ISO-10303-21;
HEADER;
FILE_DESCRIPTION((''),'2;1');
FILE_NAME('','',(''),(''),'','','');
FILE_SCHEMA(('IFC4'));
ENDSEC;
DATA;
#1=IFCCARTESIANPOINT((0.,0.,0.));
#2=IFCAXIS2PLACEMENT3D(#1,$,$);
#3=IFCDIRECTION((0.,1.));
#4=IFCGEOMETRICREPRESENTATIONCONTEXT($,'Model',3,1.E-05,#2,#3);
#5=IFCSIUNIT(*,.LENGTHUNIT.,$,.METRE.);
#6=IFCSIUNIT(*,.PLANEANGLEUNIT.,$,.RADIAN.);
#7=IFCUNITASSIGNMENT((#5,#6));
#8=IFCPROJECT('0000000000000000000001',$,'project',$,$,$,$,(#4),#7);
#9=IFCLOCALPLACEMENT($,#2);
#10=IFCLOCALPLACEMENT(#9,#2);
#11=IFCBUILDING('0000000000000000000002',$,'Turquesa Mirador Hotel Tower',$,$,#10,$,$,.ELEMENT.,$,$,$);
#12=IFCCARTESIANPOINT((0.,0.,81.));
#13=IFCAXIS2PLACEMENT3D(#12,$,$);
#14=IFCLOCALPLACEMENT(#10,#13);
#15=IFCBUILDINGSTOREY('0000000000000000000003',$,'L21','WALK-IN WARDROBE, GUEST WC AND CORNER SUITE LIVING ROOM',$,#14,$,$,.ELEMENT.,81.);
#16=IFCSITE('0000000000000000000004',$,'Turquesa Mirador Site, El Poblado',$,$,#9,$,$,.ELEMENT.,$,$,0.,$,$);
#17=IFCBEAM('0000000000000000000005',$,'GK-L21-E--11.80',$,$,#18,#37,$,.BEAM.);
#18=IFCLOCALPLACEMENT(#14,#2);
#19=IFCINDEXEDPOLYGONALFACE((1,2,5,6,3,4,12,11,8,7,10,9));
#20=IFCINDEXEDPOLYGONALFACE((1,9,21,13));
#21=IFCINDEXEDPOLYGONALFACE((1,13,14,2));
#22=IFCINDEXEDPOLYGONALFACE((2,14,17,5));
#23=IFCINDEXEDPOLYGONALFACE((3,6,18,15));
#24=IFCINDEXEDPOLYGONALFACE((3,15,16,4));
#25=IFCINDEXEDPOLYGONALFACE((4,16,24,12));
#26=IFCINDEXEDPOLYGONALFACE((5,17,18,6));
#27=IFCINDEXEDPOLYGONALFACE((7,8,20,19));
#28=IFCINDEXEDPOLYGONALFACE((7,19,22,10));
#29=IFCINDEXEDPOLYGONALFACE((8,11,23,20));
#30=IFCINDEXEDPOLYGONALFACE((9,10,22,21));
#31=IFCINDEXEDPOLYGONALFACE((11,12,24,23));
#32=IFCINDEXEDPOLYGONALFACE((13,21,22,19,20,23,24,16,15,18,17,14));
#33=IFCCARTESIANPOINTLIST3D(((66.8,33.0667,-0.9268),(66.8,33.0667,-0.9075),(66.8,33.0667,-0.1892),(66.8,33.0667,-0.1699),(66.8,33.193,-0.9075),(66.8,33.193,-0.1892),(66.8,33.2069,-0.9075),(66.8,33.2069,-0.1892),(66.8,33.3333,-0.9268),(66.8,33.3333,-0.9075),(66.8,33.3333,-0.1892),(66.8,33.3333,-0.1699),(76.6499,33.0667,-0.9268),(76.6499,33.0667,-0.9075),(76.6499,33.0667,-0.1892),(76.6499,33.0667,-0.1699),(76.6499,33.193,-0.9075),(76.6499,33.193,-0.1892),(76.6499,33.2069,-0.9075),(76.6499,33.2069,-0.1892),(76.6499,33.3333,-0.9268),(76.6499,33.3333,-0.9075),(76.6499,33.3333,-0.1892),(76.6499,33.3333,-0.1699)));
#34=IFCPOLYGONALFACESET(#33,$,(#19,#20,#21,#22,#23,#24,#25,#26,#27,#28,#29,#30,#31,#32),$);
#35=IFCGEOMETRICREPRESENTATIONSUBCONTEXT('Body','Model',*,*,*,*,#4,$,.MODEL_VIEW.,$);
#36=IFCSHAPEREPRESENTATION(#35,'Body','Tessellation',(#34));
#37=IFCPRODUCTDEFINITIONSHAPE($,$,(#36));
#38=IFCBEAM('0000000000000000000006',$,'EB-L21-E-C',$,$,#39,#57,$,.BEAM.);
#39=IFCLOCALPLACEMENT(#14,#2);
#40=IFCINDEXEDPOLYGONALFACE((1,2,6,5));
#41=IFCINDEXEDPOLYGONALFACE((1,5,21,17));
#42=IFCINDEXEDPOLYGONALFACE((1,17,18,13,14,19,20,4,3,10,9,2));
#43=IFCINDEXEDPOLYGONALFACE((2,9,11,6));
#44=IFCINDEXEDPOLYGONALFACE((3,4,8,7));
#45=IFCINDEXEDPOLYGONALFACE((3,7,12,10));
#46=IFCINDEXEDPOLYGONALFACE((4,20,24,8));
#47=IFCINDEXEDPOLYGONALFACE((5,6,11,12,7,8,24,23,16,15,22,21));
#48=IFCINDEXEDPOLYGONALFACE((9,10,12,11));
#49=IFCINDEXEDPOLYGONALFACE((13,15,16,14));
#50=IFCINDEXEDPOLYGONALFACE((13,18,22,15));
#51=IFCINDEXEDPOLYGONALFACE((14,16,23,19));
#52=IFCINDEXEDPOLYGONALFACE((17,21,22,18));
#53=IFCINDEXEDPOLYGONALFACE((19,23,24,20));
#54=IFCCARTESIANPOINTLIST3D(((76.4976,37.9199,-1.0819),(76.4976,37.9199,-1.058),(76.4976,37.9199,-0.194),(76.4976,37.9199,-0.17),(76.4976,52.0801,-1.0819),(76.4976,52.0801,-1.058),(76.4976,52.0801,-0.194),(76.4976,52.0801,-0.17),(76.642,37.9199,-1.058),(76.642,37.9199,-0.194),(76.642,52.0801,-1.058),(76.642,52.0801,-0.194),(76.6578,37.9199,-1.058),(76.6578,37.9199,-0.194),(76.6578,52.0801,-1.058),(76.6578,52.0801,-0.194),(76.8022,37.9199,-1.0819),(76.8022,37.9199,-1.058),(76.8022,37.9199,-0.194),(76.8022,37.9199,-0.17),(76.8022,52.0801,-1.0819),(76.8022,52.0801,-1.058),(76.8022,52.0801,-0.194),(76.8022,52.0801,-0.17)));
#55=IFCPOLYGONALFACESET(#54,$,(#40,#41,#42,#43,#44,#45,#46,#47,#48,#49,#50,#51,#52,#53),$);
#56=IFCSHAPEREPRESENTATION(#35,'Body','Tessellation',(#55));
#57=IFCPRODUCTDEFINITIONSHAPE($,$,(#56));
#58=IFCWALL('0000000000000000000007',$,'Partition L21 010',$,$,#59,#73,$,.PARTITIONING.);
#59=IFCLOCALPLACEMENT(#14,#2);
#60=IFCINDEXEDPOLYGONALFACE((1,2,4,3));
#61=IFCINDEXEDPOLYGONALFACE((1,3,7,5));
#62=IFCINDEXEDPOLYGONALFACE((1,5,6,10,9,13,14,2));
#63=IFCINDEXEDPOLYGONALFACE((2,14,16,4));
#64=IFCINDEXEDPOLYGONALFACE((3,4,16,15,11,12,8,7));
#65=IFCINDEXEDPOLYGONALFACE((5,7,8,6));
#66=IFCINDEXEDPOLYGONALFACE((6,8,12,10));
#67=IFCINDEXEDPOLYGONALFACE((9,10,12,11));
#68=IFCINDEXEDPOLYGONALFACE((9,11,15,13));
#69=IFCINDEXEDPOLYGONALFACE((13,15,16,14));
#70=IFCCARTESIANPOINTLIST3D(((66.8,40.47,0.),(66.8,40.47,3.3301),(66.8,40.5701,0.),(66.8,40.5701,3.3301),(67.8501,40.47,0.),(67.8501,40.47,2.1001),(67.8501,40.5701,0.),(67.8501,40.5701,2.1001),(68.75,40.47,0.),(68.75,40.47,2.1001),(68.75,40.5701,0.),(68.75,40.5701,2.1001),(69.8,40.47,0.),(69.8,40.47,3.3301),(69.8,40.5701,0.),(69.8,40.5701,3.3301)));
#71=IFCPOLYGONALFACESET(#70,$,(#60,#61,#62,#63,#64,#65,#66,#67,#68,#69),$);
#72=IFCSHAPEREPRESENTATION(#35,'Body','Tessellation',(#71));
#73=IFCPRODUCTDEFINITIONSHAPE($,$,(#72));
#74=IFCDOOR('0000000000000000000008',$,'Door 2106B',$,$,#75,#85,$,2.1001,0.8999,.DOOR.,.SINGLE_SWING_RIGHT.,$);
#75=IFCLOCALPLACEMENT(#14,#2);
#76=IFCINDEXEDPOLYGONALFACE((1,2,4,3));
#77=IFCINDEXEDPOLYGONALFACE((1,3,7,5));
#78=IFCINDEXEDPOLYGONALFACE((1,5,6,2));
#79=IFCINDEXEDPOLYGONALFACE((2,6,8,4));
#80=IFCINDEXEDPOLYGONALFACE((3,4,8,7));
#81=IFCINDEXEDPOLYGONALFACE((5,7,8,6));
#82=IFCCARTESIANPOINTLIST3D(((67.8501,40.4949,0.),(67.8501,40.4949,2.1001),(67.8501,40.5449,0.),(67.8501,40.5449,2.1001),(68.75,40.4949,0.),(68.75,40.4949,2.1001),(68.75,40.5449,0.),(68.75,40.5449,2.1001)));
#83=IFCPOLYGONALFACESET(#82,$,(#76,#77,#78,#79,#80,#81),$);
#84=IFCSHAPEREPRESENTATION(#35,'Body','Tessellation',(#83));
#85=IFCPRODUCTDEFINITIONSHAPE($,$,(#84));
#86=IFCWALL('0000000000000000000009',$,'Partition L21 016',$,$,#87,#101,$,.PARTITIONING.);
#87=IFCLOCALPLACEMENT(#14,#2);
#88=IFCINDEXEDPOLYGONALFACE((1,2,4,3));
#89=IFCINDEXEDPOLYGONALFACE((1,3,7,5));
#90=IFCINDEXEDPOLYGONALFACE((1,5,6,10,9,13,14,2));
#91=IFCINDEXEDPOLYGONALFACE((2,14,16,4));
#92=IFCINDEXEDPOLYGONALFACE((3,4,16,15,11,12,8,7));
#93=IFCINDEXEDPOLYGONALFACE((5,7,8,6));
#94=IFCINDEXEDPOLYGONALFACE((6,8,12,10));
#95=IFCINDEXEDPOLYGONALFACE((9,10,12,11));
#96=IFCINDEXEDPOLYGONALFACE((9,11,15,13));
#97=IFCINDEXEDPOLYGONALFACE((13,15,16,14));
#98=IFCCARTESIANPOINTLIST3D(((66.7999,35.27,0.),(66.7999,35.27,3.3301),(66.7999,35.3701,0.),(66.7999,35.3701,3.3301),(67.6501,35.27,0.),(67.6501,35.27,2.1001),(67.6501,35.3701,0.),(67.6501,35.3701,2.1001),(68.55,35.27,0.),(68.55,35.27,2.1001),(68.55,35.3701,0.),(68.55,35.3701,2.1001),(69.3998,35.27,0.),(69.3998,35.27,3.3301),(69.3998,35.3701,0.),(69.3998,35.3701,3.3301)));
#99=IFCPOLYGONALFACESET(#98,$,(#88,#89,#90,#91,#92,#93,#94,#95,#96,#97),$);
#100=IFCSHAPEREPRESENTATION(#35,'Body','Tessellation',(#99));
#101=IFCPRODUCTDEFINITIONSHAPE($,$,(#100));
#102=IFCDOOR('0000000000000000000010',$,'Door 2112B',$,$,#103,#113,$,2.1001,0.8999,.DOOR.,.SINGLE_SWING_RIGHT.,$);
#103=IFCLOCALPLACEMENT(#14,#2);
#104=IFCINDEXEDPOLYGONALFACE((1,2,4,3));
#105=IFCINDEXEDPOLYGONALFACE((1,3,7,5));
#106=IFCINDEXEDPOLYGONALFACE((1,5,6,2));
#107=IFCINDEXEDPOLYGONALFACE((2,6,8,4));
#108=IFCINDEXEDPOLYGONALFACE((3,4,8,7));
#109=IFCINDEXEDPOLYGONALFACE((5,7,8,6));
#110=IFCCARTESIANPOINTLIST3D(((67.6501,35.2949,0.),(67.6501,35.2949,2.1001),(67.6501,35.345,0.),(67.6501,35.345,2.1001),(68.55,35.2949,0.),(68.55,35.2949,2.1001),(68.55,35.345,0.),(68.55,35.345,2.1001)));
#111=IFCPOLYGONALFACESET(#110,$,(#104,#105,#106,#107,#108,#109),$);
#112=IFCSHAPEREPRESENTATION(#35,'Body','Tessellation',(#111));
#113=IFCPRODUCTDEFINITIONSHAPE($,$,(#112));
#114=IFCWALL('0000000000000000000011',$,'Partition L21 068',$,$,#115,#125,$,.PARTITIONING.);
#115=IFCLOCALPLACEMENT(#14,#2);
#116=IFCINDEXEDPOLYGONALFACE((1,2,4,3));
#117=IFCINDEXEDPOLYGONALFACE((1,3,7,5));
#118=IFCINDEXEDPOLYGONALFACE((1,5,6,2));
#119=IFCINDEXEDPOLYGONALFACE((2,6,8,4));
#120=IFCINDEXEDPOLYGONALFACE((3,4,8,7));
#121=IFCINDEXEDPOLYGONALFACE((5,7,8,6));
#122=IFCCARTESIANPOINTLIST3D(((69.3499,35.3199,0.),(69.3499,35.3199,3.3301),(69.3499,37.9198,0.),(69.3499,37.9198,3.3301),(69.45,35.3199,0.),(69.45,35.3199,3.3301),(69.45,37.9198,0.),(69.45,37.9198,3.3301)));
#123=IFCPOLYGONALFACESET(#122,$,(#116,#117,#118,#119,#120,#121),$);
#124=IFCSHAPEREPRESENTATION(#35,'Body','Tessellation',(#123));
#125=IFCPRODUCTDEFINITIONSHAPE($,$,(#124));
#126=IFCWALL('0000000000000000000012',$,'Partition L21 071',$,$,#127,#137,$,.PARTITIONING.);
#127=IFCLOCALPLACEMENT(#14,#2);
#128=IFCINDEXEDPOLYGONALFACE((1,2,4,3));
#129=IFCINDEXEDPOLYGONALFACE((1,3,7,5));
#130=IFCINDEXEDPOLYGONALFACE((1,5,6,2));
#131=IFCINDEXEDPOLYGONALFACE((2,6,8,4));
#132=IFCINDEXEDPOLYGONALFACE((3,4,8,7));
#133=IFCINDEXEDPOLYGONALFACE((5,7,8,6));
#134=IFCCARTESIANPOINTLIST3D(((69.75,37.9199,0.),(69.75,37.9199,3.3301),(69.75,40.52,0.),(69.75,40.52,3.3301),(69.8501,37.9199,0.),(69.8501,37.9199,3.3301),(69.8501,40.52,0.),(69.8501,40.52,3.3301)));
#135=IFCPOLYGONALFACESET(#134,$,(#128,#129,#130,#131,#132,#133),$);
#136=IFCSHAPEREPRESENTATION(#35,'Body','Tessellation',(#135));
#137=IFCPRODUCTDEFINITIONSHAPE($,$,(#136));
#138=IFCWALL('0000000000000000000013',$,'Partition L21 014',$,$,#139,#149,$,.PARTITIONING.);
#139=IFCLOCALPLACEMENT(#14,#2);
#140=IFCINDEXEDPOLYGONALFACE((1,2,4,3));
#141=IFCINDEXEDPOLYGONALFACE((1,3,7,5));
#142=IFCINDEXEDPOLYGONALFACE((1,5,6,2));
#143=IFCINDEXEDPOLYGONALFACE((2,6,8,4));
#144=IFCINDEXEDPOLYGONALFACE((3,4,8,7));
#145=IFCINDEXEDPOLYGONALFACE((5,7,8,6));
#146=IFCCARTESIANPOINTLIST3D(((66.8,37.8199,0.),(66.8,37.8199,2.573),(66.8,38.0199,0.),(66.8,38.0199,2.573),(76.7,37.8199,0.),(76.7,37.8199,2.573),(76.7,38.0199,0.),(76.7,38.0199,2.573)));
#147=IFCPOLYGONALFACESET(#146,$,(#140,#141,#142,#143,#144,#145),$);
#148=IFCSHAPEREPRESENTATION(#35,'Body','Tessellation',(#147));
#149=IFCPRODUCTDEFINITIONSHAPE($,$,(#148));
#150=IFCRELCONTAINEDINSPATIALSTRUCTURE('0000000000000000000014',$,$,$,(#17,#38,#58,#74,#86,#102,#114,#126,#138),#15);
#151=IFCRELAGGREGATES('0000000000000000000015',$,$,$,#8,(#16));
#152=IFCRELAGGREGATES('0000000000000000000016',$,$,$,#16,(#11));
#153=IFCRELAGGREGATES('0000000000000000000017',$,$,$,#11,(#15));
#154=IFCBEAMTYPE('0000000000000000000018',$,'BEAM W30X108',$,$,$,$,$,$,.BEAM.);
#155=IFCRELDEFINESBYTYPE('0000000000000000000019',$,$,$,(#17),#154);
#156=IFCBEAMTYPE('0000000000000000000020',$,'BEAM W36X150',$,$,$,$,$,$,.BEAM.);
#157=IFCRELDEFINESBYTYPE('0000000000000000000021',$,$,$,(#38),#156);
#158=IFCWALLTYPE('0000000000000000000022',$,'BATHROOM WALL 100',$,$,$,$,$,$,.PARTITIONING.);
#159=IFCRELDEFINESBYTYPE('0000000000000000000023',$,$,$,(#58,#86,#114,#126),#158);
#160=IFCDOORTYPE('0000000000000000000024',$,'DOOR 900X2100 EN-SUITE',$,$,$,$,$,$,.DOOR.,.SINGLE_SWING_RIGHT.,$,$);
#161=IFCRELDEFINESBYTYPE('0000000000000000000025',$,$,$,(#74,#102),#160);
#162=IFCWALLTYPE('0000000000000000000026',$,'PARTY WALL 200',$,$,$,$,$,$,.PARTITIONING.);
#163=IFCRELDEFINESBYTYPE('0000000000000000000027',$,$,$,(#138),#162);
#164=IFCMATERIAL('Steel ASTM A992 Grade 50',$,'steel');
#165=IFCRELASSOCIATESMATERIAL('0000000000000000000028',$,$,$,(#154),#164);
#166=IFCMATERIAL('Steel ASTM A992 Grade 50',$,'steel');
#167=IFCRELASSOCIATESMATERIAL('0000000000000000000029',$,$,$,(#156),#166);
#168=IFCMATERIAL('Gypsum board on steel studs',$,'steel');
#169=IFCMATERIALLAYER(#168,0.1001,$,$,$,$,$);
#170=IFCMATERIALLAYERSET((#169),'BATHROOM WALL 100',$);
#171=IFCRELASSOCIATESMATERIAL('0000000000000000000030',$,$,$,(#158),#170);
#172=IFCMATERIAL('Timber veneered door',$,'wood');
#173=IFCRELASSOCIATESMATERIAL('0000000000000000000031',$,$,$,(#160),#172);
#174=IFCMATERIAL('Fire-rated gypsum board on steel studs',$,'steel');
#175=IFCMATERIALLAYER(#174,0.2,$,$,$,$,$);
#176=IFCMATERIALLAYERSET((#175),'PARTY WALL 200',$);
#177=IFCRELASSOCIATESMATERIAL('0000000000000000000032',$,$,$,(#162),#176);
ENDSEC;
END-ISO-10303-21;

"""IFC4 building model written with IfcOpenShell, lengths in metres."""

from ifc_helpers import new_model, si_unit, direction, frame, frame_2d, origin, origin_2d, place, context, subcontext, project, spatial, rectangle, i_section, extrude, material, layer, layer_set, material_profile, profile_set, type_object, element, fill, save


model = new_model("IFC4")

# Units and contexts
model_context = context("Model", 3, precision=1e-05, world=origin(), true_north=direction((0.0, 1.0)))
body_context = subcontext(model_context, "Body", "Model", "MODEL_VIEW")
ifc_project = project(units=[si_unit("LENGTHUNIT", "METRE"), si_unit("PLANEANGLEUNIT", "RADIAN")], contexts=[model_context])

# Site, building, storey
site_placement = place(None, origin())
site = spatial("IfcSite", under=ifc_project, at=site_placement, Name="Turquesa Mirador Site, El Poblado", CompositionType="ELEMENT", RefElevation=0.0)
building_placement = place(site_placement, origin())
building = spatial("IfcBuilding", under=site, at=building_placement, Name="Turquesa Mirador Hotel Tower", CompositionType="ELEMENT")
storey_placement = place(building_placement, frame((0.0, 0.0, 81.0)))
storey = spatial("IfcBuildingStorey", under=building, at=storey_placement, Name="L21", Description="WALK-IN WARDROBE, GUEST WC AND CORNER SUITE LIVING ROOM", CompositionType="ELEMENT", Elevation=81.0)

# Beams
ifc_material_1 = material(Name="Steel ASTM A992 Grade 50", Category="steel")
ifc_material_profile_1 = material_profile(ifc_material_1, i_section(OverallWidth=0.2666, OverallDepth=0.7568, WebThickness=0.0139, FlangeThickness=0.0193, at=origin_2d()), Name="W30X108")
ifc_profile_set_1 = profile_set([ifc_material_profile_1], Name="Steel ASTM A992 Grade 50")
beam_type_1 = type_object("IfcBeamType", Name="BEAM W30X108", PredefinedType="BEAM", material=ifc_profile_set_1)
beam_1_placement = place(storey_placement, frame((76.6499, 33.2, -0.5483), z_axis=(-1.0, 0.0, 0.0), x_axis=(0.0, -1.0, 0.0)))
element("IfcBeam", 1, at=beam_1_placement, inside=storey, type_object=beam_type_1, Name="GK-L21-E--11.80", PredefinedType="BEAM", context=body_context, shape_type="SweptSolid", body=[
    extrude(i_section(OverallWidth=0.2666, OverallDepth=0.7568, WebThickness=0.0139, FlangeThickness=0.0193, at=origin_2d()), origin(), (0.0, 0.0, 1.0), 9.8499),
])
ifc_material_2 = material(Name="Steel ASTM A992 Grade 50", Category="steel")
ifc_material_profile_2 = material_profile(ifc_material_2, i_section(OverallWidth=0.3047, OverallDepth=0.9119, WebThickness=0.0159, FlangeThickness=0.0239, at=origin_2d()), Name="W36X150")
ifc_profile_set_2 = profile_set([ifc_material_profile_2], Name="Steel ASTM A992 Grade 50")
beam_type_2 = type_object("IfcBeamType", Name="BEAM W36X150", PredefinedType="BEAM", material=ifc_profile_set_2)
beam_2_placement = place(storey_placement, frame((76.6499, 37.9199, -0.626), z_axis=(0.0, 1.0, 0.0), x_axis=(-1.0, 0.0, 0.0)))
element("IfcBeam", 2, at=beam_2_placement, inside=storey, type_object=beam_type_2, Name="EB-L21-E-C", PredefinedType="BEAM", context=body_context, shape_type="SweptSolid", body=[
    extrude(i_section(OverallWidth=0.3047, OverallDepth=0.9119, WebThickness=0.0159, FlangeThickness=0.0239, at=origin_2d()), origin(), (0.0, 0.0, 1.0), 14.1602),
])

# Walls, openings, doors
ifc_material_3 = material(Name="Gypsum board on steel studs", Category="steel")
ifc_layer_1 = layer(ifc_material_3, 0.1001)
ifc_layer_set_1 = layer_set([ifc_layer_1], Name="BATHROOM WALL 100")
wall_type_1 = type_object("IfcWallType", Name="BATHROOM WALL 100", PredefinedType="PARTITIONING", material=ifc_layer_set_1)
wall_1_placement = place(storey_placement, frame((66.8, 40.52, 0.0), z_axis=(0.0, 0.0, 1.0), x_axis=(1.0, 0.0, 0.0)))
wall_1 = element("IfcWall", 3, at=wall_1_placement, inside=storey, type_object=wall_type_1, Name="Partition L21 010", PredefinedType="PARTITIONING", context=body_context, shape_type="SweptSolid", body=[
    extrude(rectangle(XDim=3.0, YDim=0.1001, at=frame_2d((1.5, 0.0))), origin(), (0.0, 0.0, 1.0), 3.3301),
])
opening_1_placement = place(wall_1_placement, frame((1.05, 0.0, 0.0)))
opening_1 = element("IfcOpeningElement", 4, at=opening_1_placement, cuts=wall_1, PredefinedType="OPENING", context=body_context, shape_type="SweptSolid", body=[
    extrude(rectangle(XDim=0.8999, YDim=2.1001, at=frame_2d((0.45, 1.05))), frame((0.0, 0.0601, 0.0), z_axis=(0.0, -1.0, 0.0), x_axis=(1.0, 0.0, 0.0)), (0.0, 0.0, 1.0), 0.1201),
])
ifc_material_4 = material(Name="Timber veneered door", Category="wood")
door_type_1 = type_object("IfcDoorType", Name="DOOR 900X2100 EN-SUITE", OperationType="SINGLE_SWING_RIGHT", PredefinedType="DOOR", material=ifc_material_4)
door_1_placement = place(opening_1_placement, origin())
door_1 = element("IfcDoor", 5, at=door_1_placement, inside=storey, type_object=door_type_1, Name="Door 2106B", OperationType="SINGLE_SWING_RIGHT", OverallHeight=2.1001, OverallWidth=0.8999, PredefinedType="DOOR", context=body_context, shape_type="SweptSolid", body=[
    extrude(rectangle(XDim=0.8999, YDim=2.1001, at=frame_2d((0.45, 1.05))), frame((0.0, 0.0249, 0.0), z_axis=(0.0, -1.0, 0.0), x_axis=(1.0, 0.0, 0.0)), (0.0, 0.0, 1.0), 0.05),
])
fill(opening_1, door_1)
wall_2_placement = place(storey_placement, frame((66.8, 35.3201, 0.0), z_axis=(0.0, 0.0, 1.0), x_axis=(1.0, 0.0, 0.0)))
wall_2 = element("IfcWall", 6, at=wall_2_placement, inside=storey, type_object=wall_type_1, Name="Partition L21 016", PredefinedType="PARTITIONING", context=body_context, shape_type="SweptSolid", body=[
    extrude(rectangle(XDim=2.5999, YDim=0.1001, at=frame_2d((1.2998, 0.0))), origin(), (0.0, 0.0, 1.0), 3.3301),
])
opening_2_placement = place(wall_2_placement, frame((0.8501, 0.0, 0.0)))
opening_2 = element("IfcOpeningElement", 7, at=opening_2_placement, cuts=wall_2, PredefinedType="OPENING", context=body_context, shape_type="SweptSolid", body=[
    extrude(rectangle(XDim=0.8999, YDim=2.1001, at=frame_2d((0.45, 1.05))), frame((0.0, 0.0601, 0.0), z_axis=(0.0, -1.0, 0.0), x_axis=(1.0, 0.0, 0.0)), (0.0, 0.0, 1.0), 0.1201),
])
door_2_placement = place(opening_2_placement, origin())
door_2 = element("IfcDoor", 8, at=door_2_placement, inside=storey, type_object=door_type_1, Name="Door 2112B", OperationType="SINGLE_SWING_RIGHT", OverallHeight=2.1001, OverallWidth=0.8999, PredefinedType="DOOR", context=body_context, shape_type="SweptSolid", body=[
    extrude(rectangle(XDim=0.8999, YDim=2.1001, at=frame_2d((0.45, 1.05))), frame((0.0, 0.0249, 0.0), z_axis=(0.0, -1.0, 0.0), x_axis=(1.0, 0.0, 0.0)), (0.0, 0.0, 1.0), 0.05),
])
fill(opening_2, door_2)

# Walls
wall_3_placement = place(storey_placement, frame((69.3999, 35.3201, 0.0), z_axis=(0.0, 0.0, 1.0), x_axis=(0.0, 1.0, 0.0)))
element("IfcWall", 9, at=wall_3_placement, inside=storey, type_object=wall_type_1, Name="Partition L21 068", PredefinedType="PARTITIONING", context=body_context, shape_type="SweptSolid", body=[
    extrude(rectangle(XDim=2.5999, YDim=0.1001, at=frame_2d((1.2998, 0.0))), origin(), (0.0, 0.0, 1.0), 3.3301),
])
wall_4_placement = place(storey_placement, frame((69.8, 37.9199, 0.0), z_axis=(0.0, 0.0, 1.0), x_axis=(0.0, 1.0, 0.0)))
element("IfcWall", 10, at=wall_4_placement, inside=storey, type_object=wall_type_1, Name="Partition L21 071", PredefinedType="PARTITIONING", context=body_context, shape_type="SweptSolid", body=[
    extrude(rectangle(XDim=2.6001, YDim=0.1001, at=frame_2d((1.3, 0.0))), origin(), (0.0, 0.0, 1.0), 3.3301),
])
ifc_material_5 = material(Name="Fire-rated gypsum board on steel studs", Category="steel")
ifc_layer_2 = layer(ifc_material_5, 0.2)
ifc_layer_set_2 = layer_set([ifc_layer_2], Name="PARTY WALL 200")
wall_type_2 = type_object("IfcWallType", Name="PARTY WALL 200", PredefinedType="PARTITIONING", material=ifc_layer_set_2)
wall_5_placement = place(storey_placement, frame((66.8, 37.9199, 0.0), z_axis=(0.0, 0.0, 1.0), x_axis=(1.0, 0.0, 0.0)))
element("IfcWall", 11, at=wall_5_placement, inside=storey, type_object=wall_type_2, Name="Partition L21 014", PredefinedType="PARTITIONING", context=body_context, shape_type="SweptSolid", body=[
    extrude(rectangle(XDim=9.8999, YDim=0.2, at=frame_2d((4.95, 0.0))), origin(), (0.0, 0.0, 1.0), 2.573),
])

save(model, "model.ifc")
